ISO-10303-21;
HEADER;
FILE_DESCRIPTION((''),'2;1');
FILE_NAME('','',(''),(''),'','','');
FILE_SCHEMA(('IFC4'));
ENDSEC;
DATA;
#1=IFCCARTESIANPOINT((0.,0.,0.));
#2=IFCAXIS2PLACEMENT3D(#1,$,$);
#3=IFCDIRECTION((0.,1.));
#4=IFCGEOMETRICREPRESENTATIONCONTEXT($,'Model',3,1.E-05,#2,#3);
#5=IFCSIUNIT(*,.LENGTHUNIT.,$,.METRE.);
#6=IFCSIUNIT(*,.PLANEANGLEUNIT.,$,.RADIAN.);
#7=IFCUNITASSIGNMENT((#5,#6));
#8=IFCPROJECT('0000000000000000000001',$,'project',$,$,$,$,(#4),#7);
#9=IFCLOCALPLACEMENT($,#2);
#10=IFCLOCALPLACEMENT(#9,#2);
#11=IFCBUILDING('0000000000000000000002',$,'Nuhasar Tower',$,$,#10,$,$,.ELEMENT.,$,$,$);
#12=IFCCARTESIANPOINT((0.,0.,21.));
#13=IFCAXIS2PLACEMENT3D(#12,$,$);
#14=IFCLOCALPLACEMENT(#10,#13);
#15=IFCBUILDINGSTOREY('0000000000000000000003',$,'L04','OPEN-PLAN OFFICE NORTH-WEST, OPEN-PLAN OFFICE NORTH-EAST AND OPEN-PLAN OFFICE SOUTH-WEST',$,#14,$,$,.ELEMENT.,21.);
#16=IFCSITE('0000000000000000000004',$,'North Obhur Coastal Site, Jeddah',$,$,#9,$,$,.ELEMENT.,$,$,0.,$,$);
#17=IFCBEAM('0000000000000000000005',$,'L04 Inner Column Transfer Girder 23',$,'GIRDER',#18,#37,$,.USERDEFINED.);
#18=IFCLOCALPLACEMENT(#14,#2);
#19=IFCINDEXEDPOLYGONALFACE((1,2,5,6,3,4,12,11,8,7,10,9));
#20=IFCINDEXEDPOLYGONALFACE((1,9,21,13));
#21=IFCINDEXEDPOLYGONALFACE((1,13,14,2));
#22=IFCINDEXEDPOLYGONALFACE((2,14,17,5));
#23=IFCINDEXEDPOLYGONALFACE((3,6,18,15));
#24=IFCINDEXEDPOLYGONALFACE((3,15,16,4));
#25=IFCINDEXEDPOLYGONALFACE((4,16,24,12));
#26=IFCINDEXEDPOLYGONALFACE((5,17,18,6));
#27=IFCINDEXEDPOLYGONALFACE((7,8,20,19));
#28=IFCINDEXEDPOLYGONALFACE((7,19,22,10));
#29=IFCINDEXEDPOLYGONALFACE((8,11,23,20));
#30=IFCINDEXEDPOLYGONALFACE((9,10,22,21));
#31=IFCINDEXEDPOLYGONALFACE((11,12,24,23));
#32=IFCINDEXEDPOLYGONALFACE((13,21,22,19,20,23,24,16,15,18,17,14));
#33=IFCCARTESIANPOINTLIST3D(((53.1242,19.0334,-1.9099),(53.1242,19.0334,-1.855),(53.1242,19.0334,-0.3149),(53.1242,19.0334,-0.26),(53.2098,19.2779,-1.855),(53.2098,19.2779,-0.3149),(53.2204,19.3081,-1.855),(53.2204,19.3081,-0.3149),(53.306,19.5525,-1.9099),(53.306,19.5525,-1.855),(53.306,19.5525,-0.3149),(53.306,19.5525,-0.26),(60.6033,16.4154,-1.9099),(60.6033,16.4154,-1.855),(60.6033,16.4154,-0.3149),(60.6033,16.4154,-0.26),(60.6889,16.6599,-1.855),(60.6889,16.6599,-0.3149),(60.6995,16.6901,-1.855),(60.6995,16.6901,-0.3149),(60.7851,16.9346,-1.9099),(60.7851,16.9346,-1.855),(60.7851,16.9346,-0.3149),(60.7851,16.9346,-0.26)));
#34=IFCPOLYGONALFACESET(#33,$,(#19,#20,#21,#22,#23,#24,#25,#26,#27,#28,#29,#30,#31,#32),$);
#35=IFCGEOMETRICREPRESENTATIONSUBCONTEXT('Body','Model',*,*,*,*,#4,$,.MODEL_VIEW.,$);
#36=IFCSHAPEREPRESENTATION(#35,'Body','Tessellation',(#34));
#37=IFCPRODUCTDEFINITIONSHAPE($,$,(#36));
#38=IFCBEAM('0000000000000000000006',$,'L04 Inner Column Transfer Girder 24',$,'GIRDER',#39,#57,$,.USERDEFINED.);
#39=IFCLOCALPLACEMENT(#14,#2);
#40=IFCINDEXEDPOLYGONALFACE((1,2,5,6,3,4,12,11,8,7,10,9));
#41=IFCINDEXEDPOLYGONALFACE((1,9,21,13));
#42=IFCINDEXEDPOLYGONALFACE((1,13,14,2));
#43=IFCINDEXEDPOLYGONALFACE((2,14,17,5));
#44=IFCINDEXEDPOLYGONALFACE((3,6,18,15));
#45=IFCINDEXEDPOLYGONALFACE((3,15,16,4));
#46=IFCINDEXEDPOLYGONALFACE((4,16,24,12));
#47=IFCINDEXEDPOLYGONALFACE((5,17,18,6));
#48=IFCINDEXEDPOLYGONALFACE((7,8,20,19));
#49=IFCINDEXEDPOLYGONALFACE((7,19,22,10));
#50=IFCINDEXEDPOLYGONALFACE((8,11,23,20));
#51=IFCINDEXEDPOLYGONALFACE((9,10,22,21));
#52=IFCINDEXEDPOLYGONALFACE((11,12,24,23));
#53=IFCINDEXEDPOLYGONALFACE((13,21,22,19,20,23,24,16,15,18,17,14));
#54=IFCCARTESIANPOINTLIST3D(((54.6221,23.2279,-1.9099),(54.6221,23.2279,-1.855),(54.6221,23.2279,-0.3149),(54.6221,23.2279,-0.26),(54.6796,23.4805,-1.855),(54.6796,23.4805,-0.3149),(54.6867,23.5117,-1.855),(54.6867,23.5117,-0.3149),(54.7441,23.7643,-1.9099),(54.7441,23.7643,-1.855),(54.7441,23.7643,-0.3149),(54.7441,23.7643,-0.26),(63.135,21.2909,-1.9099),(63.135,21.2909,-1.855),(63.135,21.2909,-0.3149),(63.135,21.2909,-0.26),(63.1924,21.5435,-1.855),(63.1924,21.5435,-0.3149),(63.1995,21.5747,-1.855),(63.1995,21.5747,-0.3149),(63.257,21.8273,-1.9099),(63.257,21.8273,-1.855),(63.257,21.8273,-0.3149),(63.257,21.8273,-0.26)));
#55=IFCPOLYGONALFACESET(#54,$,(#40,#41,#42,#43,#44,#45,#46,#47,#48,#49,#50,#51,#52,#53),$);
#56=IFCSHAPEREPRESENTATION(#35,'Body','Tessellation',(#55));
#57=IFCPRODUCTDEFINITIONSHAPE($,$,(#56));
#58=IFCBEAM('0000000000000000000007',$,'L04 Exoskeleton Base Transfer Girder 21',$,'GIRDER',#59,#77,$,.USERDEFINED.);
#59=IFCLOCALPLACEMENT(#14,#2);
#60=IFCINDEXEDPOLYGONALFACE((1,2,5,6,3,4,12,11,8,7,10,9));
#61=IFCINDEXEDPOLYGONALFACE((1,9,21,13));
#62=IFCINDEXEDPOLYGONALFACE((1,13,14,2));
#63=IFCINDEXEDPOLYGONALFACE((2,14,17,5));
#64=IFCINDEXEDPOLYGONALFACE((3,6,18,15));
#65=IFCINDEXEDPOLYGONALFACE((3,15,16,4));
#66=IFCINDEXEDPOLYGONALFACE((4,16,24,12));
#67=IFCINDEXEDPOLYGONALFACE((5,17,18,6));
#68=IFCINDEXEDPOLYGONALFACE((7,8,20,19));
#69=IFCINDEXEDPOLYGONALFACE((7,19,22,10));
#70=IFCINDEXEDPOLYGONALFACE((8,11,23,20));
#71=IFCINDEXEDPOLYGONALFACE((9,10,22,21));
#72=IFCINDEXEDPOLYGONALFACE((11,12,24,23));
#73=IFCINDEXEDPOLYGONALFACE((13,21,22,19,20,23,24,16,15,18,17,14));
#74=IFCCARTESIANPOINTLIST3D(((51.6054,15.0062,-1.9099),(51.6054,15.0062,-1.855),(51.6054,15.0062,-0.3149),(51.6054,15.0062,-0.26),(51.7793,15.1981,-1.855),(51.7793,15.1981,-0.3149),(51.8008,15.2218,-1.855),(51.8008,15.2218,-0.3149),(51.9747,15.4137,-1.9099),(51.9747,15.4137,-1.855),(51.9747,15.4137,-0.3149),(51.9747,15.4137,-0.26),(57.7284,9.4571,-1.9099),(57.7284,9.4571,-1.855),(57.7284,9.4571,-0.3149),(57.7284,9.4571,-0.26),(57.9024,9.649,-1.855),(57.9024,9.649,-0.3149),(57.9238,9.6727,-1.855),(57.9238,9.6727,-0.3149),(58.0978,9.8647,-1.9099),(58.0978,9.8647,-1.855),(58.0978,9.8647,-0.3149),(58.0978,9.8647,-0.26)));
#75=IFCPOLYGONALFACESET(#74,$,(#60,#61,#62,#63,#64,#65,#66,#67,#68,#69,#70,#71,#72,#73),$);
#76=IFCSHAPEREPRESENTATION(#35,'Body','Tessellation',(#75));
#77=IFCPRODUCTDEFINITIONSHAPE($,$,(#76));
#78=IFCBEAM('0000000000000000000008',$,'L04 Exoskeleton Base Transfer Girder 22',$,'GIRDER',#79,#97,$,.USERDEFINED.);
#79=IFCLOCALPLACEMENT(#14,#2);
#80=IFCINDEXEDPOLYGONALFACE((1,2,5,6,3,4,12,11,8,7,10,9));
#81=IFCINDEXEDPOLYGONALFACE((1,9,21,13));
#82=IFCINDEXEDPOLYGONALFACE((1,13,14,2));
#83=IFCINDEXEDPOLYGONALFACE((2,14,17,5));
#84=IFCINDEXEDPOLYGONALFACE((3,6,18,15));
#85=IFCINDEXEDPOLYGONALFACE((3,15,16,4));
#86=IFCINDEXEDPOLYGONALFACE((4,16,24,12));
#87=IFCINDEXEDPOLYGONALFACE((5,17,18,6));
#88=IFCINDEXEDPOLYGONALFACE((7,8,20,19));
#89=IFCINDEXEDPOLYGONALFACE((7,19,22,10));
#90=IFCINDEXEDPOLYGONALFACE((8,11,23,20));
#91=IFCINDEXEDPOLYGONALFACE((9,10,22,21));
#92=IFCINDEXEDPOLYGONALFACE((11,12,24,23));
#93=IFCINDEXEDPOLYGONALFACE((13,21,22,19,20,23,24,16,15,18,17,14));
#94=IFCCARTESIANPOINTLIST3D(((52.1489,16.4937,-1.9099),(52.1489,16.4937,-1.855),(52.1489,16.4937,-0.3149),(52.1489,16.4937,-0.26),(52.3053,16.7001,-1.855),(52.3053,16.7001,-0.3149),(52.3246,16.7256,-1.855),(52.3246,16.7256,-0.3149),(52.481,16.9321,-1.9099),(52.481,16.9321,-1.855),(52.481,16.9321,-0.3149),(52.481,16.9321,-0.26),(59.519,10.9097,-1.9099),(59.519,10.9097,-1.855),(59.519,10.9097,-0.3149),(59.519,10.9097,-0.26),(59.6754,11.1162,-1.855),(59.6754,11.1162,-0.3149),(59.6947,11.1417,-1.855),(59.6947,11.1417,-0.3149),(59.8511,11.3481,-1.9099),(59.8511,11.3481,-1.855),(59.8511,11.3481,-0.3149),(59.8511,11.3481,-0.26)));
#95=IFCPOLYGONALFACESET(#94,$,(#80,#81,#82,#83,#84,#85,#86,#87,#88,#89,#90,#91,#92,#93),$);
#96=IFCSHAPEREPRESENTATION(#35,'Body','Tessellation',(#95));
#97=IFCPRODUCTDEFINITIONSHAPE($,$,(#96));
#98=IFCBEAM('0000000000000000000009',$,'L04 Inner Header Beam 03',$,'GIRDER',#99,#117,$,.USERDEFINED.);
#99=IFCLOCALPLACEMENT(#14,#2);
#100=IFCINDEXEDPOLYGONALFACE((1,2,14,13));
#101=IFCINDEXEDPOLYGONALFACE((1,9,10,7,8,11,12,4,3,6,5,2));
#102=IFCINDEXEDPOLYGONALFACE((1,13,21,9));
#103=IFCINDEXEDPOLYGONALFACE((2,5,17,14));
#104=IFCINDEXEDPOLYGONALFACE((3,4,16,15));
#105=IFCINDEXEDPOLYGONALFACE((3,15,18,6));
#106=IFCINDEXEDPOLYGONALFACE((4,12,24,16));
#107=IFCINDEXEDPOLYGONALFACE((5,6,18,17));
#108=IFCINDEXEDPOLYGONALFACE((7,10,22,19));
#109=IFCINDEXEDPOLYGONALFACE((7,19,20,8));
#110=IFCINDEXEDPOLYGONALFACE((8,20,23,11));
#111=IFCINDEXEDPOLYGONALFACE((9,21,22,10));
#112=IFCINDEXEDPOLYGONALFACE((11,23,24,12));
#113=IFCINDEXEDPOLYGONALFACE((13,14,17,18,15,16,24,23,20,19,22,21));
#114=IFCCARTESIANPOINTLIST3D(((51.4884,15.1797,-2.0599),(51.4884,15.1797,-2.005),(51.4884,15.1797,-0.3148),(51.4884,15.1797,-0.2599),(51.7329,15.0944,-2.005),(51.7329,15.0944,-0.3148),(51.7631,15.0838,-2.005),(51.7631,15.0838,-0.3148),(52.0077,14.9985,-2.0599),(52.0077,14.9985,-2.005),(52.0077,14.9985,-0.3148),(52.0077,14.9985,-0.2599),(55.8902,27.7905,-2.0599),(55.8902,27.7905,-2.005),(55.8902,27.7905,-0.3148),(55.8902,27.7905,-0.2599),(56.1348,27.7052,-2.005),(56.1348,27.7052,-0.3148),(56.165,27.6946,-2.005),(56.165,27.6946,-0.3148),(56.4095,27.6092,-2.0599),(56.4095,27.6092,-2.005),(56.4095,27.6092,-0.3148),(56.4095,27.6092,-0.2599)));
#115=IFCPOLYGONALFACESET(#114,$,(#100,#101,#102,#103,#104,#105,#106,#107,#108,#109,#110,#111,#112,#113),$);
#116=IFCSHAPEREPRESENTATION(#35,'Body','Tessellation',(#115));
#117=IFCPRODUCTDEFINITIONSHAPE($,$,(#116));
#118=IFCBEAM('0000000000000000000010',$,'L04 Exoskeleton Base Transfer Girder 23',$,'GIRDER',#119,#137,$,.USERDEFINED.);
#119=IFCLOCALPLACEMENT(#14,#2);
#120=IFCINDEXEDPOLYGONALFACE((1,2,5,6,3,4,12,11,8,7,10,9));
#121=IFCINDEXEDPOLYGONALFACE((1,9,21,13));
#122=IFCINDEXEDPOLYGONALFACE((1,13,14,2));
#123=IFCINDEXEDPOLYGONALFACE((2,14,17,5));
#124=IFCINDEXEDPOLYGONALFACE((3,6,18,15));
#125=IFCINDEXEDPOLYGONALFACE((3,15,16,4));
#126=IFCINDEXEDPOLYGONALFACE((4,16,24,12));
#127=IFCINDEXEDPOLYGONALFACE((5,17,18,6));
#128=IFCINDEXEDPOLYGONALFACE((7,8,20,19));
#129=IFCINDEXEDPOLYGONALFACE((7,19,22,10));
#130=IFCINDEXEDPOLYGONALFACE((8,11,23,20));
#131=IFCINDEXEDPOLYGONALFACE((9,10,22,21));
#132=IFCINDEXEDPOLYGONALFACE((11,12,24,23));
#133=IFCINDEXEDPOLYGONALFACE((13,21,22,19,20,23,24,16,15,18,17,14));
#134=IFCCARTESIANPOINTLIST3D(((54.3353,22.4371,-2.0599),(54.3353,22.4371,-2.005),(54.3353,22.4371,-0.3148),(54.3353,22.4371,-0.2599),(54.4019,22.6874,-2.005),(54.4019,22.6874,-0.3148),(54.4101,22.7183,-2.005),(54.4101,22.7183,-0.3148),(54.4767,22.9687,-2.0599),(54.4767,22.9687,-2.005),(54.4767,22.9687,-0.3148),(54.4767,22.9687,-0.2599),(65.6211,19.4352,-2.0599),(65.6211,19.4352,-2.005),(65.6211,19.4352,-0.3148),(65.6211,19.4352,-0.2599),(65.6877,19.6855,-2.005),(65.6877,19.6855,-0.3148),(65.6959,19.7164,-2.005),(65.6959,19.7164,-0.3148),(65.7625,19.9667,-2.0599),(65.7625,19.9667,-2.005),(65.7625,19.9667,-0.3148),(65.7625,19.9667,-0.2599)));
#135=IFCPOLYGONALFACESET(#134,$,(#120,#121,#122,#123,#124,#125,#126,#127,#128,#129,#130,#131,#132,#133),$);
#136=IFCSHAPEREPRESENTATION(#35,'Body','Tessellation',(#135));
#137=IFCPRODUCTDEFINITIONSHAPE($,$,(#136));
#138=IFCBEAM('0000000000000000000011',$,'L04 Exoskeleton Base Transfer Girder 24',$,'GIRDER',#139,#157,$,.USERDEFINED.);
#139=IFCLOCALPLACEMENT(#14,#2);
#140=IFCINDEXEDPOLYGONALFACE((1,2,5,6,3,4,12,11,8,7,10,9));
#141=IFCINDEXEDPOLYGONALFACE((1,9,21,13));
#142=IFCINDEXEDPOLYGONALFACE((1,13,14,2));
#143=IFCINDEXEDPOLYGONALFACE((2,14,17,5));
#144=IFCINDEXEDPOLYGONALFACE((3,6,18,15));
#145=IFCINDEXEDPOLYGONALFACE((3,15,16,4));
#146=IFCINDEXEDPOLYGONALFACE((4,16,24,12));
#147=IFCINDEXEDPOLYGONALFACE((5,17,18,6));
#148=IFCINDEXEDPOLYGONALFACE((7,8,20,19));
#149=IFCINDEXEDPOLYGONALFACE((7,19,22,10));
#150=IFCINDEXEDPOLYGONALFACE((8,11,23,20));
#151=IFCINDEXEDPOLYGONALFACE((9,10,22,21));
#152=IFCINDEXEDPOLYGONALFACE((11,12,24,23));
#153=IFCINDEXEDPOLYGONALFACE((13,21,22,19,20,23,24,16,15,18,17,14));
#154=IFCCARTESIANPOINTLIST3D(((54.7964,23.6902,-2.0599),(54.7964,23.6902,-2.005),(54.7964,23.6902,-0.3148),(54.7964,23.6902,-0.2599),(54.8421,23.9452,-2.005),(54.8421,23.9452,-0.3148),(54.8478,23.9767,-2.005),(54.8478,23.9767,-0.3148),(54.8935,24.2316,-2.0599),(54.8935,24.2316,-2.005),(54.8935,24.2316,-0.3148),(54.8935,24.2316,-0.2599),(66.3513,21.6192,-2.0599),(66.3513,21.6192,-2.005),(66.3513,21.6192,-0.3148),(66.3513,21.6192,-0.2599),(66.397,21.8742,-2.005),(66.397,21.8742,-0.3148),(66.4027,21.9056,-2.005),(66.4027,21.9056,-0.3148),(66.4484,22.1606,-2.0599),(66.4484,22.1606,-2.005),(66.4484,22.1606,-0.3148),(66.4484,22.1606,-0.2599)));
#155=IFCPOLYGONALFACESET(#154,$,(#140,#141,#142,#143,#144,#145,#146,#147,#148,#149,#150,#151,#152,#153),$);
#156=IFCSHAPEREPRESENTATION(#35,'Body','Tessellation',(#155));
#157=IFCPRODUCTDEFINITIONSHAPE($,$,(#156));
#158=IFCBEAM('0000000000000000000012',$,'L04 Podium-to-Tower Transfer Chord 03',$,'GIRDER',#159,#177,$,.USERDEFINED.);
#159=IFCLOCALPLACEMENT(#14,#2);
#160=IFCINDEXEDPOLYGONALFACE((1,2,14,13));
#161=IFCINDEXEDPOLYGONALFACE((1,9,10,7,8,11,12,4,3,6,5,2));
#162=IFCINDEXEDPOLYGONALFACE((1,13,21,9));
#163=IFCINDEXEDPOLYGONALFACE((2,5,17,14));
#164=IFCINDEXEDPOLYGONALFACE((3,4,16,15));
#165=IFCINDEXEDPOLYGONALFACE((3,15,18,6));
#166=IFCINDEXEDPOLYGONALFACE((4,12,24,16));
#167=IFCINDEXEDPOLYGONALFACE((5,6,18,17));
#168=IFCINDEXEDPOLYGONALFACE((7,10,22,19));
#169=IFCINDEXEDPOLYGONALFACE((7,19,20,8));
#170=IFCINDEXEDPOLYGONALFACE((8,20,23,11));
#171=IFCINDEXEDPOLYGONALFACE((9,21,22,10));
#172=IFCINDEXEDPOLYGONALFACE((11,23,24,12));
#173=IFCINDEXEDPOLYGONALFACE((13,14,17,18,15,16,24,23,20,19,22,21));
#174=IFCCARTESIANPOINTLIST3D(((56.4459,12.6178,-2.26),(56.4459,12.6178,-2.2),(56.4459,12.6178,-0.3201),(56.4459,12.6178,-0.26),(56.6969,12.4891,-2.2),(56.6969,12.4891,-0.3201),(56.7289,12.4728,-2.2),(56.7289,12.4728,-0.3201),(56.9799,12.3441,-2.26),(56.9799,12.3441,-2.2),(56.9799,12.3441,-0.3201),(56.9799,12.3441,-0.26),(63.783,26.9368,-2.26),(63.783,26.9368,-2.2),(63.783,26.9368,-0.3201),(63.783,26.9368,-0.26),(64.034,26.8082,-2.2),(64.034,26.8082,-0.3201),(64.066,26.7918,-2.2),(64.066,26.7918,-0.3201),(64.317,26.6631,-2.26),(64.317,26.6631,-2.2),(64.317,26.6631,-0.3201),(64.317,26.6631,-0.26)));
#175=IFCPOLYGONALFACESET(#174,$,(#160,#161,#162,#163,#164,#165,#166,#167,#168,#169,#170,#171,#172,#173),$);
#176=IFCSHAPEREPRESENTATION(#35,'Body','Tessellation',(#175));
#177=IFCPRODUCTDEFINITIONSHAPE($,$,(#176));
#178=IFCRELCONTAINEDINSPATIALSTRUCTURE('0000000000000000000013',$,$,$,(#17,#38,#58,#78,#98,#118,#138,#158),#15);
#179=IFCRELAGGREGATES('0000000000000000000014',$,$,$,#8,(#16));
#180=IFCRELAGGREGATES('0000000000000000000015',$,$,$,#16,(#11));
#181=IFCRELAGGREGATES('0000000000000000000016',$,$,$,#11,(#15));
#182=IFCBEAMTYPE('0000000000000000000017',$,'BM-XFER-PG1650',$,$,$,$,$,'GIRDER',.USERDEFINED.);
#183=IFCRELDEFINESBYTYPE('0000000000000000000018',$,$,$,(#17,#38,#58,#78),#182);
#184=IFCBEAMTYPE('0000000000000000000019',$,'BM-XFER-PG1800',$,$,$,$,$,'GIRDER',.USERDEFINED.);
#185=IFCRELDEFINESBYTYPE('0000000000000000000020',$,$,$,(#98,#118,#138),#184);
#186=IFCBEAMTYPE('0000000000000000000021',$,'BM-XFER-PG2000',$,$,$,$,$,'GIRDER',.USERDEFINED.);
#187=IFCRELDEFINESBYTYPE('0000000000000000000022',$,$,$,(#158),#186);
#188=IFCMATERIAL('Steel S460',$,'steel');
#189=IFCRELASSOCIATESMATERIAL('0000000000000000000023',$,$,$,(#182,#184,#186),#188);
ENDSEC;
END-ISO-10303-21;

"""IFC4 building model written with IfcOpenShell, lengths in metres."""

from ifc_helpers import new_model, si_unit, direction, frame, origin, origin_2d, place, context, subcontext, project, spatial, i_section, extrude, material, material_profile, profile_set, type_object, element, save


model = new_model("IFC4")

# Units and contexts
model_context = context("Model", 3, precision=1e-05, world=origin(), true_north=direction((0.0, 1.0)))
body_context = subcontext(model_context, "Body", "Model", "MODEL_VIEW")
ifc_project = project(units=[si_unit("LENGTHUNIT", "METRE"), si_unit("PLANEANGLEUNIT", "RADIAN")], contexts=[model_context])

# Site, building, storey
site_placement = place(None, origin())
site = spatial("IfcSite", under=ifc_project, at=site_placement, Name="North Obhur Coastal Site, Jeddah", CompositionType="ELEMENT", RefElevation=0.0)
building_placement = place(site_placement, origin())
building = spatial("IfcBuilding", under=site, at=building_placement, Name="Nuhasar Tower", CompositionType="ELEMENT")
storey_placement = place(building_placement, frame((0.0, 0.0, 21.0)))
storey = spatial("IfcBuildingStorey", under=building, at=storey_placement, Name="L04", Description="OPEN-PLAN OFFICE NORTH-WEST, OPEN-PLAN OFFICE NORTH-EAST AND OPEN-PLAN OFFICE SOUTH-WEST", CompositionType="ELEMENT", Elevation=21.0)

# Beams
ifc_material_1 = material(Name="Steel S460", Category="steel")
ifc_material_profile_1 = material_profile(ifc_material_1, i_section(OverallWidth=0.55, OverallDepth=1.6499, WebThickness=0.032, FlangeThickness=0.0549, at=origin_2d()), Name="PG1650X550")
ifc_profile_set_1 = profile_set([ifc_material_profile_1], Name="Steel S460")
beam_type_1 = type_object("IfcBeamType", Name="BM-XFER-PG1650", ElementType="GIRDER", PredefinedType="USERDEFINED", material=ifc_profile_set_1)
beam_1_placement = place(storey_placement, frame((53.2151, 19.293, -1.085), z_axis=(0.943848, -0.330381, 0.0), x_axis=(0.330381, 0.943848, 0.0)))
element("IfcBeam", 1, at=beam_1_placement, inside=storey, type_object=beam_type_1, Name="L04 Inner Column Transfer Girder 23", ObjectType="GIRDER", PredefinedType="USERDEFINED", context=body_context, shape_type="SweptSolid", body=[
    extrude(i_section(OverallWidth=0.55, OverallDepth=1.6499, WebThickness=0.032, FlangeThickness=0.0549, at=origin_2d()), origin(), (0.0, 0.0, 1.0), 7.9241),
])
beam_2_placement = place(storey_placement, frame((54.6831, 23.4961, -1.085), z_axis=(0.975077, -0.221866, 0.0), x_axis=(0.221866, 0.975077, 0.0)))
element("IfcBeam", 2, at=beam_2_placement, inside=storey, type_object=beam_type_1, Name="L04 Inner Column Transfer Girder 24", ObjectType="GIRDER", PredefinedType="USERDEFINED", context=body_context, shape_type="SweptSolid", body=[
    extrude(i_section(OverallWidth=0.55, OverallDepth=1.6499, WebThickness=0.032, FlangeThickness=0.0549, at=origin_2d()), origin(), (0.0, 0.0, 1.0), 8.7305),
])
beam_3_placement = place(storey_placement, frame((51.79, 15.21, -1.085), z_axis=(0.740983, -0.671523, 0.0), x_axis=(0.671523, 0.740983, 0.0)))
element("IfcBeam", 3, at=beam_3_placement, inside=storey, type_object=beam_type_1, Name="L04 Exoskeleton Base Transfer Girder 21", ObjectType="GIRDER", PredefinedType="USERDEFINED", context=body_context, shape_type="SweptSolid", body=[
    extrude(i_section(OverallWidth=0.55, OverallDepth=1.6499, WebThickness=0.032, FlangeThickness=0.0549, at=origin_2d()), origin(), (0.0, 0.0, 1.0), 8.2634),
])
beam_4_placement = place(storey_placement, frame((52.3149, 16.7129, -1.085), z_axis=(0.797063, -0.603896, 0.0), x_axis=(0.603896, 0.797063, 0.0)))
element("IfcBeam", 4, at=beam_4_placement, inside=storey, type_object=beam_type_1, Name="L04 Exoskeleton Base Transfer Girder 22", ObjectType="GIRDER", PredefinedType="USERDEFINED", context=body_context, shape_type="SweptSolid", body=[
    extrude(i_section(OverallWidth=0.55, OverallDepth=1.6499, WebThickness=0.032, FlangeThickness=0.0549, at=origin_2d()), origin(), (0.0, 0.0, 1.0), 9.2466),
])
ifc_material_profile_2 = material_profile(ifc_material_1, i_section(OverallWidth=0.55, OverallDepth=1.8, WebThickness=0.032, FlangeThickness=0.0549, at=origin_2d()), Name="PG1800X550")
ifc_profile_set_2 = profile_set([ifc_material_profile_2], Name="Steel S460")
beam_type_2 = type_object("IfcBeamType", Name="BM-XFER-PG1800", ElementType="GIRDER", PredefinedType="USERDEFINED", material=ifc_profile_set_2)
beam_5_placement = place(storey_placement, frame((51.748, 15.0891, -1.1599), z_axis=(0.329554, 0.944137, 0.0), x_axis=(-0.944137, 0.329554, 0.0)))
element("IfcBeam", 5, at=beam_5_placement, inside=storey, type_object=beam_type_2, Name="L04 Inner Header Beam 03", ObjectType="GIRDER", PredefinedType="USERDEFINED", context=body_context, shape_type="SweptSolid", body=[
    extrude(i_section(OverallWidth=0.55, OverallDepth=1.8, WebThickness=0.032, FlangeThickness=0.0549, at=origin_2d()), origin(), (0.0, 0.0, 1.0), 13.3569),
])
beam_6_placement = place(storey_placement, frame((54.406, 22.7029, -1.1599), z_axis=(0.966397, -0.257054, 0.0), x_axis=(0.257054, 0.966397, 0.0)))
element("IfcBeam", 6, at=beam_6_placement, inside=storey, type_object=beam_type_2, Name="L04 Exoskeleton Base Transfer Girder 23", ObjectType="GIRDER", PredefinedType="USERDEFINED", context=body_context, shape_type="SweptSolid", body=[
    extrude(i_section(OverallWidth=0.55, OverallDepth=1.8, WebThickness=0.032, FlangeThickness=0.0549, at=origin_2d()), origin(), (0.0, 0.0, 1.0), 11.6782),
])
beam_7_placement = place(storey_placement, frame((54.845, 23.9609, -1.1599), z_axis=(0.984314, -0.176423, 0.0), x_axis=(0.176423, 0.984314, 0.0)))
element("IfcBeam", 7, at=beam_7_placement, inside=storey, type_object=beam_type_2, Name="L04 Exoskeleton Base Transfer Girder 24", ObjectType="GIRDER", PredefinedType="USERDEFINED", context=body_context, shape_type="SweptSolid", body=[
    extrude(i_section(OverallWidth=0.55, OverallDepth=1.8, WebThickness=0.032, FlangeThickness=0.0549, at=origin_2d()), origin(), (0.0, 0.0, 1.0), 11.739),
])
ifc_material_profile_3 = material_profile(ifc_material_1, i_section(OverallWidth=0.6001, OverallDepth=2.0, WebThickness=0.0359, FlangeThickness=0.0601, at=origin_2d()), Name="PG2000X600")
ifc_profile_set_3 = profile_set([ifc_material_profile_3], Name="Steel S460")
beam_type_3 = type_object("IfcBeamType", Name="BM-XFER-PG2000", ElementType="GIRDER", PredefinedType="USERDEFINED", material=ifc_profile_set_3)
beam_8_placement = place(storey_placement, frame((56.7129, 12.481, -1.26), z_axis=(0.456023, 0.889968, 0.0), x_axis=(-0.889968, 0.456023, 0.0)))
element("IfcBeam", 8, at=beam_8_placement, inside=storey, type_object=beam_type_3, Name="L04 Podium-to-Tower Transfer Chord 03", ObjectType="GIRDER", PredefinedType="USERDEFINED", context=body_context, shape_type="SweptSolid", body=[
    extrude(i_section(OverallWidth=0.6001, OverallDepth=2.0, WebThickness=0.0359, FlangeThickness=0.0601, at=origin_2d()), origin(), (0.0, 0.0, 1.0), 16.0894),
])

save(model, "model.ifc")
